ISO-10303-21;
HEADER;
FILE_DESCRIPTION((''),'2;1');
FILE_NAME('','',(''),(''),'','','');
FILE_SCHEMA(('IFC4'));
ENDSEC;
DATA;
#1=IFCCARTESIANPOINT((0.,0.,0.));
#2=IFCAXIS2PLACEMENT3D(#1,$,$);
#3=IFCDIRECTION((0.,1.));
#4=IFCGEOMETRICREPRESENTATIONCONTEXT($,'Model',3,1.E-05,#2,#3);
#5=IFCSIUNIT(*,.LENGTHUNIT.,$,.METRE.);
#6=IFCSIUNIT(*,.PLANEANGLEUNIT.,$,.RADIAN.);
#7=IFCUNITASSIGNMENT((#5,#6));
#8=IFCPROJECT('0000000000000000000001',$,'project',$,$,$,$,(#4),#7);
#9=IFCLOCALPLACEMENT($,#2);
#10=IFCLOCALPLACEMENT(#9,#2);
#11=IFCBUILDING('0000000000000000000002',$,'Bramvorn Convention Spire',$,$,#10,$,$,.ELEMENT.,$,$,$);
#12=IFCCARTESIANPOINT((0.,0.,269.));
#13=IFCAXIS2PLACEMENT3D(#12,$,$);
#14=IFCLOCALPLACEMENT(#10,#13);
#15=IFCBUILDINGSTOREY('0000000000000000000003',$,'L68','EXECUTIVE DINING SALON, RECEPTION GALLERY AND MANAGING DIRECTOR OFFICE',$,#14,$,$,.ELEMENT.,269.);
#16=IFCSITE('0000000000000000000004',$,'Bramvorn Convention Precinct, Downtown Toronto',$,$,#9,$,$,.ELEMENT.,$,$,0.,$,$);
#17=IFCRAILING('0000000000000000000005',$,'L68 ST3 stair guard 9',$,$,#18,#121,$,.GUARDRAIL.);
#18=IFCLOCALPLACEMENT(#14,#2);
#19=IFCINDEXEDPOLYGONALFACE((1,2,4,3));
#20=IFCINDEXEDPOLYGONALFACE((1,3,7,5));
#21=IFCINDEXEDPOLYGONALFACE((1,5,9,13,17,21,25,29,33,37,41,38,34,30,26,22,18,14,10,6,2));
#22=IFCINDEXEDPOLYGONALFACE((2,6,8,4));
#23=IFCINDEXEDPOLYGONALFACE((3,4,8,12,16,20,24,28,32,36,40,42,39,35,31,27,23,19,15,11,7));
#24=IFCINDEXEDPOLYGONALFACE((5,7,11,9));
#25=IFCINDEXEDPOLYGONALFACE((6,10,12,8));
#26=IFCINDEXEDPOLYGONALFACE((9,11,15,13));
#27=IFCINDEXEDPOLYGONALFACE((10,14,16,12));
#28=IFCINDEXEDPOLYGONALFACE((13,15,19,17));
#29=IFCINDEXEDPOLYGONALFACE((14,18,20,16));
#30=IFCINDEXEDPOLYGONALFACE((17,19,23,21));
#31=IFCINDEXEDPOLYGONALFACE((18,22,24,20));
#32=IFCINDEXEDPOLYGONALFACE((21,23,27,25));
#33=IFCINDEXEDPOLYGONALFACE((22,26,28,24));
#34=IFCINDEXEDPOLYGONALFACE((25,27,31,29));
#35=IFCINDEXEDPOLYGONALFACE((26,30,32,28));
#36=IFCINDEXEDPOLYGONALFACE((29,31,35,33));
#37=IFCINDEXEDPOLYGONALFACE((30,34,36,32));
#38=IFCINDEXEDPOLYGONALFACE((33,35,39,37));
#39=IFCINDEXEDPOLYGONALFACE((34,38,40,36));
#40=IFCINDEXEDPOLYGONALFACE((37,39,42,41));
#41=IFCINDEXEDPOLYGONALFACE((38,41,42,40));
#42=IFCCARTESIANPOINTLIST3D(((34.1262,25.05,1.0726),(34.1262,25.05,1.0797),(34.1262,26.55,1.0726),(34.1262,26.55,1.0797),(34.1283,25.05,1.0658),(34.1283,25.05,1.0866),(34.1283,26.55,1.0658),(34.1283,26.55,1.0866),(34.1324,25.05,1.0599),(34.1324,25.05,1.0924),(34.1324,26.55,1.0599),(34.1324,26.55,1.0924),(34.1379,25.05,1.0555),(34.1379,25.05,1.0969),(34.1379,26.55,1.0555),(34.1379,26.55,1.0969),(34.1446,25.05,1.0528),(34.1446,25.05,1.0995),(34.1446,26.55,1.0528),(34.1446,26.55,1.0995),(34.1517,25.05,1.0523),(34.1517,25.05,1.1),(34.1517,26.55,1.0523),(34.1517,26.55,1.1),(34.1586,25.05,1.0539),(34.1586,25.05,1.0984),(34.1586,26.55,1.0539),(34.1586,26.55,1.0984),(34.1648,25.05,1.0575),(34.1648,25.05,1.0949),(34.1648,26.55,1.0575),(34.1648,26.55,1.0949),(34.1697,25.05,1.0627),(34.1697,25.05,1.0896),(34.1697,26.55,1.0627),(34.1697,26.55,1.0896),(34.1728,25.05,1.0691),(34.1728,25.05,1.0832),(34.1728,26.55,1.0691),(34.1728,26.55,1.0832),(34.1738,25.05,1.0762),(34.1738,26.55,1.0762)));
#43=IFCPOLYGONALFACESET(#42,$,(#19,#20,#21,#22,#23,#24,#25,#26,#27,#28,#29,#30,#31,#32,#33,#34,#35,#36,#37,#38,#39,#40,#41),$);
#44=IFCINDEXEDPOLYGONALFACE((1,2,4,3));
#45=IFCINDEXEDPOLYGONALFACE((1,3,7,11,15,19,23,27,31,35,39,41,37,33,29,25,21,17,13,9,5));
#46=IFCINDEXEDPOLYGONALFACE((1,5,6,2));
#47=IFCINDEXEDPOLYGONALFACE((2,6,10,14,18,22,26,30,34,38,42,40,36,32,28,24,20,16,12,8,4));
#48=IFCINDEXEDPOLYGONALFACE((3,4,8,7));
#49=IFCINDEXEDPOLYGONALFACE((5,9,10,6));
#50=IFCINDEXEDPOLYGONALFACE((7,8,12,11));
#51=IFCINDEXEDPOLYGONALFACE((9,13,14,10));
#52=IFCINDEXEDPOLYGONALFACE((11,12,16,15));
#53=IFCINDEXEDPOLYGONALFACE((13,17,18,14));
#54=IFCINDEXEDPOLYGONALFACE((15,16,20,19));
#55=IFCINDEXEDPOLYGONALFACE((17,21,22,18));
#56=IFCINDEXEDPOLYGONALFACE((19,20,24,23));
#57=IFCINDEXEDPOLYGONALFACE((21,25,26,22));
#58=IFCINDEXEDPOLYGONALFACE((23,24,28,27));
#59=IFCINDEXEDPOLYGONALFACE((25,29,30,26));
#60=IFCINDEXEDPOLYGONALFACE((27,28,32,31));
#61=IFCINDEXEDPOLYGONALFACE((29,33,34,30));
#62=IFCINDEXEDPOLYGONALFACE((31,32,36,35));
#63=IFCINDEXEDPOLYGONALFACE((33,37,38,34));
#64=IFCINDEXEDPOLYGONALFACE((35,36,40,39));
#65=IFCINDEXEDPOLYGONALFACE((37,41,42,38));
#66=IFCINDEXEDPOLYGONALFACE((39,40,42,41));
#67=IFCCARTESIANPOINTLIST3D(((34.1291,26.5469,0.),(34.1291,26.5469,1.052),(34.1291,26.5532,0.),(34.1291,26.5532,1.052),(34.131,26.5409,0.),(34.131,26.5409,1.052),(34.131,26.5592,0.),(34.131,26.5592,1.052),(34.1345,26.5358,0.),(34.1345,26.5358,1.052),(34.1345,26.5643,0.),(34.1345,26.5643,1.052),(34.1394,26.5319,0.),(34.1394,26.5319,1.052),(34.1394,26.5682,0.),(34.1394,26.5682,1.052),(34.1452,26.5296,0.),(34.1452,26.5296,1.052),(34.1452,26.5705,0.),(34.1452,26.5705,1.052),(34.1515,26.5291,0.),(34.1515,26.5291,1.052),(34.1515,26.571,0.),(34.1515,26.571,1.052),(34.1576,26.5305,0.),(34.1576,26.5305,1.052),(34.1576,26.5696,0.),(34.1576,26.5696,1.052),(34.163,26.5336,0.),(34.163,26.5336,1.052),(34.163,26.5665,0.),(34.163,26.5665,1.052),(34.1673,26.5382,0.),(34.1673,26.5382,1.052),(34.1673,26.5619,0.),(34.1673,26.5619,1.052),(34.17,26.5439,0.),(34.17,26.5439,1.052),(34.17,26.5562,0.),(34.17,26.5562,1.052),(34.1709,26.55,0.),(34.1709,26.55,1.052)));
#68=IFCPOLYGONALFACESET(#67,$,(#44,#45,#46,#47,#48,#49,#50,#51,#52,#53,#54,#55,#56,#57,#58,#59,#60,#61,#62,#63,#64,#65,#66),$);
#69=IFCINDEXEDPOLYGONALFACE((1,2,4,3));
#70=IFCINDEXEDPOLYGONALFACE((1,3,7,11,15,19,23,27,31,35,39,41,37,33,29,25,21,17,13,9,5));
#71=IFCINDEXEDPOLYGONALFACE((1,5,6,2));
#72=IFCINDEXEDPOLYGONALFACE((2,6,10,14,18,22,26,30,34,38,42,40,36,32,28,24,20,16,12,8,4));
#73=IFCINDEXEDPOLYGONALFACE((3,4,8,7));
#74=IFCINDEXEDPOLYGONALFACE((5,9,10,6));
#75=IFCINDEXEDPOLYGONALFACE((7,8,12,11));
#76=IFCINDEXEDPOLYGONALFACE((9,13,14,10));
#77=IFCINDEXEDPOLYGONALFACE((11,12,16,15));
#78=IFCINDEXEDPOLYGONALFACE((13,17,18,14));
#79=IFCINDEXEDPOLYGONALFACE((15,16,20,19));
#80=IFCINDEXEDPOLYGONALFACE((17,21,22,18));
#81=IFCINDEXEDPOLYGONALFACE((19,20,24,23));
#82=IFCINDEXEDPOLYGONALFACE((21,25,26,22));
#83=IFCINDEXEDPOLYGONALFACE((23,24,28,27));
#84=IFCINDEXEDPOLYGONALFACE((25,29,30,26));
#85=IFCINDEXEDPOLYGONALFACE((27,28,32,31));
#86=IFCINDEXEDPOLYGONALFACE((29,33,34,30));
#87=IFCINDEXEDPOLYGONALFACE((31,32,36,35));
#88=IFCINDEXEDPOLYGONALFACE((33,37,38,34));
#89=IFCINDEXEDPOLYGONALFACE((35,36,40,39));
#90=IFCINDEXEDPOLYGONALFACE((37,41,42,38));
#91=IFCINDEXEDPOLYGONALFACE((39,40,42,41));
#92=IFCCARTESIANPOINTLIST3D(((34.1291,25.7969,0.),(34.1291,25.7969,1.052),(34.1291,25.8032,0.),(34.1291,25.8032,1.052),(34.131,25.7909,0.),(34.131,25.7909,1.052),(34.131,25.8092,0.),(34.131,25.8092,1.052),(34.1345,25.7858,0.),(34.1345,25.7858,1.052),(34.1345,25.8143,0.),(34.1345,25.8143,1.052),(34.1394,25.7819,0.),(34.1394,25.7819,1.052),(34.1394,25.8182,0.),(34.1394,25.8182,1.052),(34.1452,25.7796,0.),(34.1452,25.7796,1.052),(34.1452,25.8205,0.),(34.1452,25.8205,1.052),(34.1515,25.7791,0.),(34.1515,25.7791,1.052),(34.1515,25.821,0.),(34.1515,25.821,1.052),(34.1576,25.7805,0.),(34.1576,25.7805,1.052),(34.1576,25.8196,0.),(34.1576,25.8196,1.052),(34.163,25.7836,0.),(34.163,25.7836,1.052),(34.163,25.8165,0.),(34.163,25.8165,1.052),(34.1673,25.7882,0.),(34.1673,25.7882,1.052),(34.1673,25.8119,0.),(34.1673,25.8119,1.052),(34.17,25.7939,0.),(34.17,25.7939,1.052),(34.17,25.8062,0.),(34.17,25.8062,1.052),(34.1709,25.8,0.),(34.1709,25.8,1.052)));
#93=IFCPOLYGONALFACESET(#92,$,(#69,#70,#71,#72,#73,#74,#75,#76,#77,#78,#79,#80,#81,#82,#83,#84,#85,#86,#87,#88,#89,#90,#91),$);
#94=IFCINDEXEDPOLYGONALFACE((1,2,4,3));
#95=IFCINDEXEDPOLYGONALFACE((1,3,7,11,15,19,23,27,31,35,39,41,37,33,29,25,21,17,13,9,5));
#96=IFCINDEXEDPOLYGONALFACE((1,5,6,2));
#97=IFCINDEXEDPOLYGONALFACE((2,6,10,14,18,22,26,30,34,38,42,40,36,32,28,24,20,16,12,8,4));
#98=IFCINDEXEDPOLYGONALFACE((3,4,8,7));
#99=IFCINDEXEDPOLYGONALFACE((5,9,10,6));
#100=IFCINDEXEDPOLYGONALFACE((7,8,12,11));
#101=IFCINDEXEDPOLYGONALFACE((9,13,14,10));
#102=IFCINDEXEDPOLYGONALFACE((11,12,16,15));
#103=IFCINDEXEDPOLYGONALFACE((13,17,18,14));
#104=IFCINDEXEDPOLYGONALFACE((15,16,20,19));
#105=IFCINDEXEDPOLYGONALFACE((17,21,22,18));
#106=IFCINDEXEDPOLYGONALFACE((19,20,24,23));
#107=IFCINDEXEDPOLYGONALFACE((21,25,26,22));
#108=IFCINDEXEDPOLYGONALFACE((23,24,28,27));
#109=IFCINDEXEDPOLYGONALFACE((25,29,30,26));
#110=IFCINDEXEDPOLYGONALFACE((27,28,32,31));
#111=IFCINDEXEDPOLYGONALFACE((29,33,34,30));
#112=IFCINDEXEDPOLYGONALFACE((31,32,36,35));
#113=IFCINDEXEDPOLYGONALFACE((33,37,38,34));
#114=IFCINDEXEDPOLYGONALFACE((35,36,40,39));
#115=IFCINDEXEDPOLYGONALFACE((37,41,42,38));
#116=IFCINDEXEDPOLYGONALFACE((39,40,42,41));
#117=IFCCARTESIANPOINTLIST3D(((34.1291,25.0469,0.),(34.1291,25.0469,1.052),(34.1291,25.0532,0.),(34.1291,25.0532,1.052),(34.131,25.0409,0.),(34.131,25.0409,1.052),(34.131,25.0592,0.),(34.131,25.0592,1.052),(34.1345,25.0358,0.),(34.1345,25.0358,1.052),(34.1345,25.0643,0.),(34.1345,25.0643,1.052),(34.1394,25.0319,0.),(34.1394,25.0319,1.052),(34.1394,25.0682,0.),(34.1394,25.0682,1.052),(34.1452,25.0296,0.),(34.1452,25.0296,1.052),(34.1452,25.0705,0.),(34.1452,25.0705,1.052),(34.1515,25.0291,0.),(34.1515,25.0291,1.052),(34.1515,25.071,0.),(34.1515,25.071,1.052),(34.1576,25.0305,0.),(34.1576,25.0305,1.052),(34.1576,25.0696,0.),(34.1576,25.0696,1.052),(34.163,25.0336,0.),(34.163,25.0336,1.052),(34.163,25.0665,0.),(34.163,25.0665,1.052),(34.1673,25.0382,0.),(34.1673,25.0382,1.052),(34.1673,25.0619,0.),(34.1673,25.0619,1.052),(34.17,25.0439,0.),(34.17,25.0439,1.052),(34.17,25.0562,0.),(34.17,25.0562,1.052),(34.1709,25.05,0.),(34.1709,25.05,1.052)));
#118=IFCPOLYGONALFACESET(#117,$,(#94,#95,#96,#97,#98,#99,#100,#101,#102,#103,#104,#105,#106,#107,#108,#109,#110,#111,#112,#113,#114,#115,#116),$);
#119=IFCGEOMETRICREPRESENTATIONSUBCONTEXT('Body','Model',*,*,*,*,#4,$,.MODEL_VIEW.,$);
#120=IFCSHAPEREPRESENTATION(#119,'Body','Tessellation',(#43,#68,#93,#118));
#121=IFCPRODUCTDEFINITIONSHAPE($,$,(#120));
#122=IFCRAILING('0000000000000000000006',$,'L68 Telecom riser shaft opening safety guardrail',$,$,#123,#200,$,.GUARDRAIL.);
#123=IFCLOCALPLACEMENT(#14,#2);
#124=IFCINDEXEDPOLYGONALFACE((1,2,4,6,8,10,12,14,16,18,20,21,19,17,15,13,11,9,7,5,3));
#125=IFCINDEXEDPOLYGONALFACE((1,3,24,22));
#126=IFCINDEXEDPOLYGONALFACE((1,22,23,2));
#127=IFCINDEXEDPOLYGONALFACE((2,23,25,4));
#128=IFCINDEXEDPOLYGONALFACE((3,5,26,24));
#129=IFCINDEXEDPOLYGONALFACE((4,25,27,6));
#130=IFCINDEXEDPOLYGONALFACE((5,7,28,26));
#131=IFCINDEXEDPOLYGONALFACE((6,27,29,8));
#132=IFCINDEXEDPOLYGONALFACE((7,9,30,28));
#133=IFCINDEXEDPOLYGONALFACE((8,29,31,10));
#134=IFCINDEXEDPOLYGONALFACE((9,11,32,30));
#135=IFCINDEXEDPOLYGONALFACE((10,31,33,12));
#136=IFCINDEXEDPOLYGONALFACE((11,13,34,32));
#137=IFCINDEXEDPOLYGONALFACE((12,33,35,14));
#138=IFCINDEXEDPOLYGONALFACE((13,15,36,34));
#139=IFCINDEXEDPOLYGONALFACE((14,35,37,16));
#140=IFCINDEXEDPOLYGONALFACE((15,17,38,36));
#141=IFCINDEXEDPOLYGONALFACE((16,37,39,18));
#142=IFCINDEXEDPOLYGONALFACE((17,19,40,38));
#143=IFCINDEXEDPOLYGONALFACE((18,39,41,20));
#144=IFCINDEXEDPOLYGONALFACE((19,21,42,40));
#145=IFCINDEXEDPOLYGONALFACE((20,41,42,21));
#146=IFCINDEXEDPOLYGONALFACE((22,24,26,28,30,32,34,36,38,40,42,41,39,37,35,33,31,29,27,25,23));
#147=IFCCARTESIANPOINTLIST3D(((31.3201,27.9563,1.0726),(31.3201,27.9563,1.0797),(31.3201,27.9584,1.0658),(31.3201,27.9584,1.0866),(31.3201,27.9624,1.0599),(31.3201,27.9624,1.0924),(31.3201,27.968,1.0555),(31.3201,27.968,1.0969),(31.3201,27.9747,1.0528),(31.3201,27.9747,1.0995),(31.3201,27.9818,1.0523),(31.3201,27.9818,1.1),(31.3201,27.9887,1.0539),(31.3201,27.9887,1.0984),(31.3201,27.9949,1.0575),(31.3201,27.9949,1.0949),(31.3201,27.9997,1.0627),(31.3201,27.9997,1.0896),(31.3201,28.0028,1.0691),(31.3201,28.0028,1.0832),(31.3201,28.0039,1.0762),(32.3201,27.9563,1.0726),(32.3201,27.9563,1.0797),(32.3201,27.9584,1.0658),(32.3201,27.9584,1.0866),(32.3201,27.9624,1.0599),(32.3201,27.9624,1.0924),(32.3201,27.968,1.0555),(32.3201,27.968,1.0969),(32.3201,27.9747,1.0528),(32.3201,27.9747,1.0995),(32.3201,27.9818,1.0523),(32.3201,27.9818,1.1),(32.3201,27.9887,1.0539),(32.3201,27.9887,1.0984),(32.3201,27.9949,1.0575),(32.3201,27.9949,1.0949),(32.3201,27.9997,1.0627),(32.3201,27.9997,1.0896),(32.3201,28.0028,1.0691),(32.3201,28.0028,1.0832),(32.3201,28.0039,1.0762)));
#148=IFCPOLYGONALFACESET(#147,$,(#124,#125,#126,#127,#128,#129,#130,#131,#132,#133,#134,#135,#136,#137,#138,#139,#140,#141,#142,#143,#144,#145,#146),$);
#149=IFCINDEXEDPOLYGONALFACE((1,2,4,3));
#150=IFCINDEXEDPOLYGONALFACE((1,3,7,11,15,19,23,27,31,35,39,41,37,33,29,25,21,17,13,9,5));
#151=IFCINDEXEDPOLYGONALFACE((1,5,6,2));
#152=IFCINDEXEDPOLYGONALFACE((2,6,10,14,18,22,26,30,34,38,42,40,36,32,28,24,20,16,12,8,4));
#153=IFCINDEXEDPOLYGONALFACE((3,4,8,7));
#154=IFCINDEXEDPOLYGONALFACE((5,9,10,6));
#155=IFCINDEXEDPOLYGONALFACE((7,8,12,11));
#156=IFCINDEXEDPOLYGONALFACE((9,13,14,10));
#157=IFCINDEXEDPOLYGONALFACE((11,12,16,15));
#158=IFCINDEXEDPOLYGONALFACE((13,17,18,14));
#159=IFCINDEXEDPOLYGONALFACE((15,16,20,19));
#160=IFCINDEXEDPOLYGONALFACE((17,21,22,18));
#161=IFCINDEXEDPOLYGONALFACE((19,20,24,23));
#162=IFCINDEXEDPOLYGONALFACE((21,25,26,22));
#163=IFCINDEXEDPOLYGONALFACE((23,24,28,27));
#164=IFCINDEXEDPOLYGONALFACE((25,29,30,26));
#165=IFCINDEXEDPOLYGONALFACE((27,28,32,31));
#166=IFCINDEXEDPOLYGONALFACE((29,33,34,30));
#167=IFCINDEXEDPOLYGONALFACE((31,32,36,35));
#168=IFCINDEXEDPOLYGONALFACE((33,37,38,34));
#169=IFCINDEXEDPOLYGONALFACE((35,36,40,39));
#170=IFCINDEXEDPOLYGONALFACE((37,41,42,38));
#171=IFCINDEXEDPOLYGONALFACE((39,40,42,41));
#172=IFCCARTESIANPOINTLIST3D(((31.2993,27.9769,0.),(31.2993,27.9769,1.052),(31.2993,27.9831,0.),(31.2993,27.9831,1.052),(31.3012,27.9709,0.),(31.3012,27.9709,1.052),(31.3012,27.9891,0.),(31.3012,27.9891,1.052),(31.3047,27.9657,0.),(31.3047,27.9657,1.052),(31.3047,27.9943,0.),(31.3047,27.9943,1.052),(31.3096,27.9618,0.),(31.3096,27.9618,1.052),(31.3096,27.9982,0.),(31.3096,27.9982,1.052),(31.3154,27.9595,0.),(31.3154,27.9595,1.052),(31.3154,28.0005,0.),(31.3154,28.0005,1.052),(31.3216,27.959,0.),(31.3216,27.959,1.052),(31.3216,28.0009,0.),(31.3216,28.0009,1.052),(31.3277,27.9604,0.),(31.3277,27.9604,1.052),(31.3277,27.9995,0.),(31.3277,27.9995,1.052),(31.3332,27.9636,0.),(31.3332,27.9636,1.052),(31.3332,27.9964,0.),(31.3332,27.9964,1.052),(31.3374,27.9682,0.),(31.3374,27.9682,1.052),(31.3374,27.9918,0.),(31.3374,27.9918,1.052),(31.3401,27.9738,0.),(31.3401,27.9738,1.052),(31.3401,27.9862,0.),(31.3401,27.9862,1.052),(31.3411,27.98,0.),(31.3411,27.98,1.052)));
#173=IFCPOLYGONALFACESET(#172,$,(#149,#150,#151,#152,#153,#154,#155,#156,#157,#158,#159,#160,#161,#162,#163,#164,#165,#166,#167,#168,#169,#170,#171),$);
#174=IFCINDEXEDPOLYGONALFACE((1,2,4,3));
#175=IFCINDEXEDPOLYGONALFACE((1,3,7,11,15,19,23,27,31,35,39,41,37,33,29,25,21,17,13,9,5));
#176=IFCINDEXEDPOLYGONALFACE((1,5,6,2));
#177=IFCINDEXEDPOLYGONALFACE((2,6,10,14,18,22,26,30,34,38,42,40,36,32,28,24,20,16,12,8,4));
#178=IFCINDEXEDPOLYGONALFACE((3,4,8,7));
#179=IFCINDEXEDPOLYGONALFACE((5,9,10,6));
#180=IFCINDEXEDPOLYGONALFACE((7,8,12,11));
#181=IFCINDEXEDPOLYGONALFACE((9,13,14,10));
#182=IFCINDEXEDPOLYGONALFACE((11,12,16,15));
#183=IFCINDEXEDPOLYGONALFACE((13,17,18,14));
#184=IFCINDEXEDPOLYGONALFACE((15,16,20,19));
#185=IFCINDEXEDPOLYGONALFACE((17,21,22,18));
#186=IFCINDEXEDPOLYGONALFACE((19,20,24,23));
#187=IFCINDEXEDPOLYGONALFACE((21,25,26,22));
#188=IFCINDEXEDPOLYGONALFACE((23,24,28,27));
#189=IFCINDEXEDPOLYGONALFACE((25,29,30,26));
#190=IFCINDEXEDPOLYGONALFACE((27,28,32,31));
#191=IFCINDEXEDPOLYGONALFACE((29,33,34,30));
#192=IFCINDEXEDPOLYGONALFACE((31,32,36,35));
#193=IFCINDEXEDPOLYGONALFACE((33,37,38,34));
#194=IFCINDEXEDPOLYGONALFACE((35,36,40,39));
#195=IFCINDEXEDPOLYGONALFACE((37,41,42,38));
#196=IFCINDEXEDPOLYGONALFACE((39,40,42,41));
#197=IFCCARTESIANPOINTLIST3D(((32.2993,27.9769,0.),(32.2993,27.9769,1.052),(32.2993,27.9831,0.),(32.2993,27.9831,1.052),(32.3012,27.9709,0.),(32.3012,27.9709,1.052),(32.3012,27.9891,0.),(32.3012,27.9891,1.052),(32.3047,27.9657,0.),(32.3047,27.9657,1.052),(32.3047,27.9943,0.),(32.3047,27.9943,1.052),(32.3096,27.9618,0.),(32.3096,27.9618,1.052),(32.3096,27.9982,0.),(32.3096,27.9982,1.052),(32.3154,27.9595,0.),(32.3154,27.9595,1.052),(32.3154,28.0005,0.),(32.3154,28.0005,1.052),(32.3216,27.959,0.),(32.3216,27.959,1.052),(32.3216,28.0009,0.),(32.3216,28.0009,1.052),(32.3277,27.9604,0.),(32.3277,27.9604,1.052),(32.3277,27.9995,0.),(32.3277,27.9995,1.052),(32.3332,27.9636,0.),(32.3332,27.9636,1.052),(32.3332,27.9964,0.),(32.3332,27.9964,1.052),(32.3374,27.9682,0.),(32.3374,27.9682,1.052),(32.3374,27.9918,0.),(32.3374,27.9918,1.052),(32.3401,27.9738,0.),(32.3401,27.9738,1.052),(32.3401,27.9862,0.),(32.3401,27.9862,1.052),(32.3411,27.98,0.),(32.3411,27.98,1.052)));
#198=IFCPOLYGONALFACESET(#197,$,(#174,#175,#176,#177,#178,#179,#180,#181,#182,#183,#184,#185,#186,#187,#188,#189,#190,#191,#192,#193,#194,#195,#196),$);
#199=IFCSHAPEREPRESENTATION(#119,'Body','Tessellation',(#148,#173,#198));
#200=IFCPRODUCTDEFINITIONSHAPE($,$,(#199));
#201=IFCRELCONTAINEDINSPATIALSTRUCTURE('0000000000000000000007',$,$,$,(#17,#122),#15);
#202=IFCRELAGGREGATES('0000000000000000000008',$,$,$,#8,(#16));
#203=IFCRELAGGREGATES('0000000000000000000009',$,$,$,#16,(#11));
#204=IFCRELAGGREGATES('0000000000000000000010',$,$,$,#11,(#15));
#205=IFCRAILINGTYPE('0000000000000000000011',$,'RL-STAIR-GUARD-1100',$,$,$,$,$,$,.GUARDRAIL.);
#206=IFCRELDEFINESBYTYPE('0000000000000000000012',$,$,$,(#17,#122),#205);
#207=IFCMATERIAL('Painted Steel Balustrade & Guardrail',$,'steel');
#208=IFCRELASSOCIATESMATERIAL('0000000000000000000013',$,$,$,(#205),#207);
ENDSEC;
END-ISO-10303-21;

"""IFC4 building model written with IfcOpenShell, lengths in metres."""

from ifc_helpers import new_model, si_unit, direction, frame, origin, origin_2d, place, context, subcontext, project, spatial, circle, extrude, material, type_object, element, save


model = new_model("IFC4")

# Units and contexts
model_context = context("Model", 3, precision=1e-05, world=origin(), true_north=direction((0.0, 1.0)))
body_context = subcontext(model_context, "Body", "Model", "MODEL_VIEW")
ifc_project = project(units=[si_unit("LENGTHUNIT", "METRE"), si_unit("PLANEANGLEUNIT", "RADIAN")], contexts=[model_context])

# Site, building, storey
site_placement = place(None, origin())
site = spatial("IfcSite", under=ifc_project, at=site_placement, Name="Bramvorn Convention Precinct, Downtown Toronto", CompositionType="ELEMENT", RefElevation=0.0)
building_placement = place(site_placement, origin())
building = spatial("IfcBuilding", under=site, at=building_placement, Name="Bramvorn Convention Spire", CompositionType="ELEMENT")
storey_placement = place(building_placement, frame((0.0, 0.0, 269.0)))
storey = spatial("IfcBuildingStorey", under=building, at=storey_placement, Name="L68", Description="EXECUTIVE DINING SALON, RECEPTION GALLERY AND MANAGING DIRECTOR OFFICE", CompositionType="ELEMENT", Elevation=269.0)

# Railings
ifc_material_1 = material(Name="Painted Steel Balustrade & Guardrail", Category="steel")
railing_type_1 = type_object("IfcRailingType", Name="RL-STAIR-GUARD-1100", PredefinedType="GUARDRAIL", material=ifc_material_1)
for number, where, name in (
    (1, (34.1499, 26.55, 0.0), "L68 ST3 stair guard 9"),
):
    element("IfcRailing", number, at=place(storey_placement, frame(where)), inside=storey, type_object=railing_type_1, Name=name, PredefinedType="GUARDRAIL", context=body_context, shape_type="SweptSolid", body=[
        extrude(circle(Radius=0.0239, at=origin_2d()), frame((0.0, 0.0, 1.0762), z_axis=(0.0, -1.0, 0.0), x_axis=(1.0, 0.0, 0.0)), (0.0, 0.0, 1.0), 1.5),
        extrude(circle(Radius=0.021, at=origin_2d()), origin(), (0.0, 0.0, 1.0), 1.052),
        extrude(circle(Radius=0.021, at=origin_2d()), frame((0.0, -0.75, 0.0)), (0.0, 0.0, 1.0), 1.052),
        extrude(circle(Radius=0.021, at=origin_2d()), frame((0.0, -1.5, 0.0)), (0.0, 0.0, 1.0), 1.052),
    ])
railing_1_placement = place(storey_placement, frame((31.3201, 27.98, 0.0)))
element("IfcRailing", 2, at=railing_1_placement, inside=storey, type_object=railing_type_1, Name="L68 Telecom riser shaft opening safety guardrail", PredefinedType="GUARDRAIL", context=body_context, shape_type="SweptSolid", body=[
    extrude(circle(Radius=0.0239, at=origin_2d()), frame((0.0, 0.0, 1.0762), z_axis=(1.0, 0.0, 0.0), x_axis=(0.0, 1.0, 0.0)), (0.0, 0.0, 1.0), 1.0),
    extrude(circle(Radius=0.021, at=origin_2d()), origin(), (0.0, 0.0, 1.0), 1.052),
    extrude(circle(Radius=0.021, at=origin_2d()), frame((1.0, 0.0, 0.0)), (0.0, 0.0, 1.0), 1.052),
])

save(model, "model.ifc")
